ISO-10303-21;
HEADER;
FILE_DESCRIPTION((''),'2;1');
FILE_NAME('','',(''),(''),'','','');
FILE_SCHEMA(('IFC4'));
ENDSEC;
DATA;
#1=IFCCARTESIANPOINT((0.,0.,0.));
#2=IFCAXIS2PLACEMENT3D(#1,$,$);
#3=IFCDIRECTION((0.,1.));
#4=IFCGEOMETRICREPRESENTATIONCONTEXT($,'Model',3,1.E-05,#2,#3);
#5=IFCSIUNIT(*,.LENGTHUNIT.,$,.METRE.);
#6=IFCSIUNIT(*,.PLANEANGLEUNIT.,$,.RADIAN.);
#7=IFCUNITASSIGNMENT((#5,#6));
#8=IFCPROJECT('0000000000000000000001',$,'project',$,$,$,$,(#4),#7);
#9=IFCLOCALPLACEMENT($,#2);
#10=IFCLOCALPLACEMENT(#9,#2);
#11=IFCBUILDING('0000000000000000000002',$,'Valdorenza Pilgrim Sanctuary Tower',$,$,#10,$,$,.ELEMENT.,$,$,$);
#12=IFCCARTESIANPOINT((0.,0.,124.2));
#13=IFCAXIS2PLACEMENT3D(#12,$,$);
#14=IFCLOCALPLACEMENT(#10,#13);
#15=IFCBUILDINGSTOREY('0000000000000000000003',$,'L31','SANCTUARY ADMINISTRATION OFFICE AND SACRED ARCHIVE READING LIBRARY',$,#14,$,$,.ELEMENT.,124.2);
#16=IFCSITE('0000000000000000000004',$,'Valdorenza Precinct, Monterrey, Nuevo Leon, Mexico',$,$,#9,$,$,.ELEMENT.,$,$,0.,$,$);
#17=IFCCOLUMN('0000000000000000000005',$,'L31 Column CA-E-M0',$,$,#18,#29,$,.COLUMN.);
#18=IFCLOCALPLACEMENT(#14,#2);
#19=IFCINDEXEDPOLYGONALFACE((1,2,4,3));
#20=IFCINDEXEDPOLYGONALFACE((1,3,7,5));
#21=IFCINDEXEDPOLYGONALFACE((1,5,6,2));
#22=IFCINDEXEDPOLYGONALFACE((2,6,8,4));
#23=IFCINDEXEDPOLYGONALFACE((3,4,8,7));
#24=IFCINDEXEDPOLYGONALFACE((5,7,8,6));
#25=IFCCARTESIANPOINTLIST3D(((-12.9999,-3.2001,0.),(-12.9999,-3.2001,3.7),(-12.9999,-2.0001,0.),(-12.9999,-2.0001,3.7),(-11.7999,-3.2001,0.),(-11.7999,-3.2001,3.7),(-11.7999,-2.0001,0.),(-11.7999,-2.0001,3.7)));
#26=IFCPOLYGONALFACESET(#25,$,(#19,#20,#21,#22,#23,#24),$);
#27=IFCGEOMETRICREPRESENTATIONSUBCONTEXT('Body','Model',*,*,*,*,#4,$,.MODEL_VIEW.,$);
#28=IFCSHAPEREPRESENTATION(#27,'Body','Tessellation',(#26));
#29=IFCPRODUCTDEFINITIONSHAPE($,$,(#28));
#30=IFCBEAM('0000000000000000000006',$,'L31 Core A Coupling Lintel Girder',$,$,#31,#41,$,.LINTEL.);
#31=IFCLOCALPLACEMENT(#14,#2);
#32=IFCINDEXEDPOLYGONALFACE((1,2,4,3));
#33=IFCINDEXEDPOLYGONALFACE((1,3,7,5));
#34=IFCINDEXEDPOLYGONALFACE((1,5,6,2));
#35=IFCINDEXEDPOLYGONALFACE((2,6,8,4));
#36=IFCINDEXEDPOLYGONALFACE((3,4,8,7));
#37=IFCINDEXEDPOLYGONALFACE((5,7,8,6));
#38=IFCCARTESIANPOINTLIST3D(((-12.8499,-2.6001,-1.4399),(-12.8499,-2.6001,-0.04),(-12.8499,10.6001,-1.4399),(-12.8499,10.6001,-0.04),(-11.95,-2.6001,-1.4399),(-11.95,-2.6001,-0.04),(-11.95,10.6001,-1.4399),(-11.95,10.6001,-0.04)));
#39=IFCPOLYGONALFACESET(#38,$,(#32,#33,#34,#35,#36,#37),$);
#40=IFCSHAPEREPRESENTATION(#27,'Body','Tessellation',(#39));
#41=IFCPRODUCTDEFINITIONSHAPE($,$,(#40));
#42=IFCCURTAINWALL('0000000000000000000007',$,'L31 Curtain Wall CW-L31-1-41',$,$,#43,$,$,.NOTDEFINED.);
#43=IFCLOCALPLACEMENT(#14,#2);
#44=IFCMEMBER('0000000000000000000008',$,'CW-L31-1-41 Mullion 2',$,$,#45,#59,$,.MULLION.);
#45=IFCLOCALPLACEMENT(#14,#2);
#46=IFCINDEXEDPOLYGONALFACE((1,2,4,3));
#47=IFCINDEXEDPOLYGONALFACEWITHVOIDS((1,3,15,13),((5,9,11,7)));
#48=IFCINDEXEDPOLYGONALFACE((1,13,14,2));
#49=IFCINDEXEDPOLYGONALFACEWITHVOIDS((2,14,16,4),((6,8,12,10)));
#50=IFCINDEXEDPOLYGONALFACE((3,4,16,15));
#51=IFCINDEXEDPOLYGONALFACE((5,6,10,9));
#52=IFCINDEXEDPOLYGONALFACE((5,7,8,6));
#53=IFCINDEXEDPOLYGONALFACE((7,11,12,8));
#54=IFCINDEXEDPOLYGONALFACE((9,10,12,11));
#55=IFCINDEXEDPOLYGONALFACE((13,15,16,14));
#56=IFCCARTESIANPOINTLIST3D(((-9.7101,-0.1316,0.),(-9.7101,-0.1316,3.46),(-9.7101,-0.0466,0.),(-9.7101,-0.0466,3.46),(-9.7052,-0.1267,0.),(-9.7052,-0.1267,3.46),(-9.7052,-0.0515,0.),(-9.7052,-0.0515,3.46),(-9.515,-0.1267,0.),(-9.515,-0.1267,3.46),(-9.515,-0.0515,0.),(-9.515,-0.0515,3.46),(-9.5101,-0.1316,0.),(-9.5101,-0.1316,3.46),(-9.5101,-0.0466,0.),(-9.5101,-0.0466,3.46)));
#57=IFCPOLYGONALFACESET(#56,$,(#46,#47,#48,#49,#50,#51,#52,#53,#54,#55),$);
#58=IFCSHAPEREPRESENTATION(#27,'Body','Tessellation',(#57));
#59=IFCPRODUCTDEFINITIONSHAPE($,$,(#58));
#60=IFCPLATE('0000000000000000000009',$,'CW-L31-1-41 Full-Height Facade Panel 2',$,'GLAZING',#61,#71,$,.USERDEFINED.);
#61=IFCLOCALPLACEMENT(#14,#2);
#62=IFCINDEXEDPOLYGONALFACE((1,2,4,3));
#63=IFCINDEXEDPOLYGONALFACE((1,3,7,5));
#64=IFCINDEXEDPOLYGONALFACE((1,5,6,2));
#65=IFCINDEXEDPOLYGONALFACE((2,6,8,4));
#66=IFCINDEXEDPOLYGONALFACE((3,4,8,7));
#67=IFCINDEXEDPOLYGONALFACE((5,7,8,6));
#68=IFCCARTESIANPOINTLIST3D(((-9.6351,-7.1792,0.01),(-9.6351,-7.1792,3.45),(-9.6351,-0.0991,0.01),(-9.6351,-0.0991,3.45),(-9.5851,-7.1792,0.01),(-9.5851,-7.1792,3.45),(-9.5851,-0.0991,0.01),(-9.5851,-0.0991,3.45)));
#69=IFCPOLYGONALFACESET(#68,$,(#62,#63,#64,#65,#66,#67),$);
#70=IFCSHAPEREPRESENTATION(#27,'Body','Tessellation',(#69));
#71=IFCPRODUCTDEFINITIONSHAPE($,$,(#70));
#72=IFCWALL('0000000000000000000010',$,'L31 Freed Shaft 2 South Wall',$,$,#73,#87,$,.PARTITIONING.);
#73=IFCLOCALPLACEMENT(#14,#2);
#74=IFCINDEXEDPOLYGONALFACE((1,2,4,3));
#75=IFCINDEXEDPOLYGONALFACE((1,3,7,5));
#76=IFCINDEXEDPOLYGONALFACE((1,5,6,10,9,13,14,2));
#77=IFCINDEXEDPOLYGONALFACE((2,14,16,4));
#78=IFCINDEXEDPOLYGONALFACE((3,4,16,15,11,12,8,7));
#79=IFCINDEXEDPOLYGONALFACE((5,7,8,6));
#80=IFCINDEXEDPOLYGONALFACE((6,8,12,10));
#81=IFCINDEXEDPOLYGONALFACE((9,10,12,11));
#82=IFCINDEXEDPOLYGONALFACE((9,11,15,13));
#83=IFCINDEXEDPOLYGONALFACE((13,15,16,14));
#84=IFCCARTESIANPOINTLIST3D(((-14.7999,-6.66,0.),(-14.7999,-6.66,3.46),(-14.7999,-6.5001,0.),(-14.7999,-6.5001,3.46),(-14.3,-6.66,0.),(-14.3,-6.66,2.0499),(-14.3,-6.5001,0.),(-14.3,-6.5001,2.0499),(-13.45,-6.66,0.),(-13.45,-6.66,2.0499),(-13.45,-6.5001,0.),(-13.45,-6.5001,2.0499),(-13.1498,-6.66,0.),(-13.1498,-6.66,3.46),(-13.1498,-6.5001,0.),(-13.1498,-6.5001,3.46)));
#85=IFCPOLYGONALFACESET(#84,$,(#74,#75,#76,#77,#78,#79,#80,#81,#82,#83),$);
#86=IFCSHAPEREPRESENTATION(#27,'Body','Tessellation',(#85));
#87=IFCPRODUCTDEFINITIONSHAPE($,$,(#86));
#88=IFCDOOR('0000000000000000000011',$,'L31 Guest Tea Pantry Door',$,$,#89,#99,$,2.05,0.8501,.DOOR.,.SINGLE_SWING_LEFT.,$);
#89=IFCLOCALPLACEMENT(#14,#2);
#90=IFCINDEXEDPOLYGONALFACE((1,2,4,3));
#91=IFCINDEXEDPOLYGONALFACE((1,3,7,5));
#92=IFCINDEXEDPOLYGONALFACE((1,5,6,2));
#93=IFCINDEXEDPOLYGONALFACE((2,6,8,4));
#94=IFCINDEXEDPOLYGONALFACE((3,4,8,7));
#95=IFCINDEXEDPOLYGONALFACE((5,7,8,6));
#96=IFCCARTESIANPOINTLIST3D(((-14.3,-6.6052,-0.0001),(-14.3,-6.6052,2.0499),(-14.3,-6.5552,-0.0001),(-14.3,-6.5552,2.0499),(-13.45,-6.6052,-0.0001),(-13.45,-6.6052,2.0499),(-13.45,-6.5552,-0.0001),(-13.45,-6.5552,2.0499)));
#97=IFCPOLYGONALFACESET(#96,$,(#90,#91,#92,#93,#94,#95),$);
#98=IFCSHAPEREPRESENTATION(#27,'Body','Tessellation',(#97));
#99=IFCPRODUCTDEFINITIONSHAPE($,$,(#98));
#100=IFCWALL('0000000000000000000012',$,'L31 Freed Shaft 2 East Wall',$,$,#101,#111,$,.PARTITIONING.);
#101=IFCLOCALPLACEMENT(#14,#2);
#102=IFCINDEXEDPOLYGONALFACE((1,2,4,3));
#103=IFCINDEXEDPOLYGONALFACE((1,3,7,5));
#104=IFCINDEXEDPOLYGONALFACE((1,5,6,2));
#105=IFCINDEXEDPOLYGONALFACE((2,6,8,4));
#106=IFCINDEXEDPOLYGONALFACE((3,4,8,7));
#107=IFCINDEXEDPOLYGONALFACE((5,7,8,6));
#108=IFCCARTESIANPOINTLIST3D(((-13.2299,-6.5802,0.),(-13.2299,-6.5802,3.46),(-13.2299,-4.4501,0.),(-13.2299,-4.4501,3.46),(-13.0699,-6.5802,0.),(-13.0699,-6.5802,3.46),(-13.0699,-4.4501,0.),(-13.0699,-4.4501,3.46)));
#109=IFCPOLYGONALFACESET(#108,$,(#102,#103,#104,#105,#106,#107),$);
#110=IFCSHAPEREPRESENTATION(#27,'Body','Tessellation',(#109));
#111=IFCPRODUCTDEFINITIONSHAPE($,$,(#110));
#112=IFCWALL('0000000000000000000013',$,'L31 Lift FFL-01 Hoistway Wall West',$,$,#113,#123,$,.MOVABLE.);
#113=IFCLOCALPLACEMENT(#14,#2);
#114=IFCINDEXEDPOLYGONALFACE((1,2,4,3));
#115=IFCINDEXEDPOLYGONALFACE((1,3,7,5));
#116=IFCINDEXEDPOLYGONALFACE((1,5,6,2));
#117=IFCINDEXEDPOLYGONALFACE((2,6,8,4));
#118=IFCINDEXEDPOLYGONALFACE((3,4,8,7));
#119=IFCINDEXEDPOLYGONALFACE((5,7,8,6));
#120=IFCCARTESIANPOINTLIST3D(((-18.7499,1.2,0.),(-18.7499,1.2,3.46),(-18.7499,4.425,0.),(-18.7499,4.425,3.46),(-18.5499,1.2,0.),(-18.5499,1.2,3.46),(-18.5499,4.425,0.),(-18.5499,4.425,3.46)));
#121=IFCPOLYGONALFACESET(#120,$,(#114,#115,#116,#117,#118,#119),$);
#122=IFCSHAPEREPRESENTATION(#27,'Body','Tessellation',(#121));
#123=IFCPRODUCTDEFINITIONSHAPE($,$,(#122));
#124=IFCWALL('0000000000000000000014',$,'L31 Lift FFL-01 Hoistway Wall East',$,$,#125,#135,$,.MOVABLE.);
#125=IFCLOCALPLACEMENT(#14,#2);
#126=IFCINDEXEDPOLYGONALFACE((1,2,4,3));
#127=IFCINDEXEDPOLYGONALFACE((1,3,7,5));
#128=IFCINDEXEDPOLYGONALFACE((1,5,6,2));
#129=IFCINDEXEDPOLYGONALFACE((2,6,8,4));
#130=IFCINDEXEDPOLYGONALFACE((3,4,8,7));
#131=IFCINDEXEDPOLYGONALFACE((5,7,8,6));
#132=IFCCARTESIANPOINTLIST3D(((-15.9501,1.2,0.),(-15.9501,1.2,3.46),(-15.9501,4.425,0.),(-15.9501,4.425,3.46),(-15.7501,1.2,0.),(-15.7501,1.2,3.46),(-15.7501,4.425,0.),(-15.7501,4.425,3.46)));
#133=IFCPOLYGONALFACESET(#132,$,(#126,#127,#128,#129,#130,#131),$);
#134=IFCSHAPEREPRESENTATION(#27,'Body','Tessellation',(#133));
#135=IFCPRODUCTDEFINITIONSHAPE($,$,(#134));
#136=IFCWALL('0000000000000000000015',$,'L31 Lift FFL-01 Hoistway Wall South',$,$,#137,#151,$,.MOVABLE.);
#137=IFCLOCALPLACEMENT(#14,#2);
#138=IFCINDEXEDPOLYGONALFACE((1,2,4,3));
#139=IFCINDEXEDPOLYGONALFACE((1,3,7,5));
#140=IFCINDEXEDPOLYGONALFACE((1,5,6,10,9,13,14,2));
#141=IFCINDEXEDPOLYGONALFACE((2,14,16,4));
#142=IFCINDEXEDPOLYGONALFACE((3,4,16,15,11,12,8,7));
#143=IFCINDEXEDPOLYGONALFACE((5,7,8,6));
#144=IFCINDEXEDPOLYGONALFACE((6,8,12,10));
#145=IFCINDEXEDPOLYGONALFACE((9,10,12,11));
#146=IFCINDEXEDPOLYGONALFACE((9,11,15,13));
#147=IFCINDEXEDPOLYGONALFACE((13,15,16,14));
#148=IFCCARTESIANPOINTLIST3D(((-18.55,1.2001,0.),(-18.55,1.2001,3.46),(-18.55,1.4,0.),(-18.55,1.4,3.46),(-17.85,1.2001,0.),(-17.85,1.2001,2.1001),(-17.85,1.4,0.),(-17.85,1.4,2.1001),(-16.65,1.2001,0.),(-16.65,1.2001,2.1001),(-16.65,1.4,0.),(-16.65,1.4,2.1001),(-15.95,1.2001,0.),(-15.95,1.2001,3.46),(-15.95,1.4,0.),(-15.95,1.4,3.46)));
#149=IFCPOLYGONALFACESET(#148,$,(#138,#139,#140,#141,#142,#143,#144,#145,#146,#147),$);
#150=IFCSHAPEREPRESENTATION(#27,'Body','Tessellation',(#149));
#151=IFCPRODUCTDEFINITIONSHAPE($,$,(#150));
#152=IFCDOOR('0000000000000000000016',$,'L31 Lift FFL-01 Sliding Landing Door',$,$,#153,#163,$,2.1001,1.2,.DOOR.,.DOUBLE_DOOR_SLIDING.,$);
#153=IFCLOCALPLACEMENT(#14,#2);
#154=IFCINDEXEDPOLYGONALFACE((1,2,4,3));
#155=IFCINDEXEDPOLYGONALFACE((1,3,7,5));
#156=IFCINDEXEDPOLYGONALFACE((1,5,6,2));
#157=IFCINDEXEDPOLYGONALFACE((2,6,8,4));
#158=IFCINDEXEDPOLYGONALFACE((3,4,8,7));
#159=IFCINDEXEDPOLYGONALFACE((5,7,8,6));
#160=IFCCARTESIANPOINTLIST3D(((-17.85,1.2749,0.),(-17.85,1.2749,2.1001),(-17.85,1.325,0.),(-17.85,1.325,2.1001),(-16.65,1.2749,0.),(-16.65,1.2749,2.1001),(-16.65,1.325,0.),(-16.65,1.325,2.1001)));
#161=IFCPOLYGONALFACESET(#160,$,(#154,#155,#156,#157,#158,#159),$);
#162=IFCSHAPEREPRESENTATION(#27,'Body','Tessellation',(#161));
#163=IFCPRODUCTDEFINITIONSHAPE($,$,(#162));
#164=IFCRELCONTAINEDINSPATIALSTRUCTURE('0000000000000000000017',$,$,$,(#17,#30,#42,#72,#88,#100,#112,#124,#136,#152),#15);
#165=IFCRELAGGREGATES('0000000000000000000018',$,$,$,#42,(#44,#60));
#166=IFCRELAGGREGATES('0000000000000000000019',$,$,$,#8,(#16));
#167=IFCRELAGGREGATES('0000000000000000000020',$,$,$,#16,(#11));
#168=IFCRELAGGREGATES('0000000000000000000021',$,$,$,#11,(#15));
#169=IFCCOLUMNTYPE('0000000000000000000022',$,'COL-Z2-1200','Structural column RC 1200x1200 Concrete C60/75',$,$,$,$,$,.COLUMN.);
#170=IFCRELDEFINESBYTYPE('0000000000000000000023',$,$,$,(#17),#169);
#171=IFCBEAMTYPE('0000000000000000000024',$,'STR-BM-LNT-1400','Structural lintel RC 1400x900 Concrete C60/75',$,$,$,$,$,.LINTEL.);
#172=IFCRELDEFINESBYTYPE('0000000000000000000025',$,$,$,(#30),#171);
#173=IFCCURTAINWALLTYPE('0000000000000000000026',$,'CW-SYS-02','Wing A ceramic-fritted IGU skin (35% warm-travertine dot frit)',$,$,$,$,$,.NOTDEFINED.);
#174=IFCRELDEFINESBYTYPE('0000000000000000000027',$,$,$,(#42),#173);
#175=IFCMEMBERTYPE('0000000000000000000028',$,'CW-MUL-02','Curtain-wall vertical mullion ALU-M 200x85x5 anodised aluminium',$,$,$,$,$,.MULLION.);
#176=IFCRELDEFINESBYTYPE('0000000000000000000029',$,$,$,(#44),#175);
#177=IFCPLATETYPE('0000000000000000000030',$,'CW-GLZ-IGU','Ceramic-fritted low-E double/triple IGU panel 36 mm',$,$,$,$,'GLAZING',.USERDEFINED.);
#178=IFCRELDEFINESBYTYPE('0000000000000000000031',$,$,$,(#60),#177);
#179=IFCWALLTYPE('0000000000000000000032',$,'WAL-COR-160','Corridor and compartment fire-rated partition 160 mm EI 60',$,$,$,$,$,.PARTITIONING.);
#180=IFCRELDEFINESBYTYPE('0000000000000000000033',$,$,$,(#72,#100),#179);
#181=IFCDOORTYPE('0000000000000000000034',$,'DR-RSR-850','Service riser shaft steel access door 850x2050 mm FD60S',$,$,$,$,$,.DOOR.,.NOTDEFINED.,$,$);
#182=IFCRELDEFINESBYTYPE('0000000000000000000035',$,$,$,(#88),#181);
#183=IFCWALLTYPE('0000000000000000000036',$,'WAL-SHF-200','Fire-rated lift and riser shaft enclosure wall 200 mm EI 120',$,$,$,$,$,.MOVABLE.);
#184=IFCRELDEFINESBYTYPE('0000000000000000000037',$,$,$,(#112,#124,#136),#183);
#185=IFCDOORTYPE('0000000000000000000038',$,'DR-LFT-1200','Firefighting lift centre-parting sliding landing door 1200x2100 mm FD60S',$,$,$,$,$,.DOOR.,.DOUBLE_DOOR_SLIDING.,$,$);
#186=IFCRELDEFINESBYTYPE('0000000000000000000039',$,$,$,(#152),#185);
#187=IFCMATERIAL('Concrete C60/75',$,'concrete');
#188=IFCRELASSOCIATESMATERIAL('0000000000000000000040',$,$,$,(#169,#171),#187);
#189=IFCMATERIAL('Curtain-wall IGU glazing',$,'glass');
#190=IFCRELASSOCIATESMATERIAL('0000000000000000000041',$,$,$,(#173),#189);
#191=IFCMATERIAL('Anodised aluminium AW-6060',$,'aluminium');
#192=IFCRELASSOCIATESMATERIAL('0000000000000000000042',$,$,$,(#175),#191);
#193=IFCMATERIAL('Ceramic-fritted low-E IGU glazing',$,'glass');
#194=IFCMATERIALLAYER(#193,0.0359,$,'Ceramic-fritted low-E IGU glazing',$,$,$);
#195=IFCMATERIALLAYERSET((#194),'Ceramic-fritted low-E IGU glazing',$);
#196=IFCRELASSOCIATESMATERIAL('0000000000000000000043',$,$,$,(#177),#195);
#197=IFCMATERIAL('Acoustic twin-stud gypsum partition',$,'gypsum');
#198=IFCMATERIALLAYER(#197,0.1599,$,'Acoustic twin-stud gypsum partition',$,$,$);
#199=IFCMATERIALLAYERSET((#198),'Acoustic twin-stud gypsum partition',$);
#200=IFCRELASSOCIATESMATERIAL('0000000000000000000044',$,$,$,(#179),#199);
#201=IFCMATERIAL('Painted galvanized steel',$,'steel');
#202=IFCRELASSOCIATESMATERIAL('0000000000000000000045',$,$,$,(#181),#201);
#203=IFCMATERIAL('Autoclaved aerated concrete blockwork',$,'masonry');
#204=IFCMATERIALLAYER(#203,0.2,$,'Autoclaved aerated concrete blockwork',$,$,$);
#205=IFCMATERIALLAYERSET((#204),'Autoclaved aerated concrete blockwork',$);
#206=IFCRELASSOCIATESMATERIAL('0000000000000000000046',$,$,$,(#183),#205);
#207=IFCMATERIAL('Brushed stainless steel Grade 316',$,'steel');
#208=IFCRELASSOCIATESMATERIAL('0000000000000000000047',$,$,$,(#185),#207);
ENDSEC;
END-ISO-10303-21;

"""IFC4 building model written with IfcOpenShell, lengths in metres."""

from ifc_helpers import new_model, si_unit, direction, frame, frame_2d, origin, origin_2d, place, context, subcontext, project, spatial, rectangle, hollow_rectangle, extrude, source, transform, mapped, material, layer, layer_set, material_profile, profile_set, type_object, element, fill, aggregate, save


model = new_model("IFC4")

# Units and contexts
model_context = context("Model", 3, precision=1e-05, world=origin(), true_north=direction((0.0, 1.0)))
body_context = subcontext(model_context, "Body", "Model", "MODEL_VIEW")
ifc_project = project(units=[si_unit("LENGTHUNIT", "METRE"), si_unit("PLANEANGLEUNIT", "RADIAN")], contexts=[model_context])

# Site, building, storey
site_placement = place(None, origin())
site = spatial("IfcSite", under=ifc_project, at=site_placement, Name="Valdorenza Precinct, Monterrey, Nuevo Leon, Mexico", CompositionType="ELEMENT", RefElevation=0.0)
building_placement = place(site_placement, origin())
building = spatial("IfcBuilding", under=site, at=building_placement, Name="Valdorenza Pilgrim Sanctuary Tower", CompositionType="ELEMENT")
storey_placement = place(building_placement, frame((0.0, 0.0, 124.2)))
storey = spatial("IfcBuildingStorey", under=building, at=storey_placement, Name="L31", Description="SANCTUARY ADMINISTRATION OFFICE AND SACRED ARCHIVE READING LIBRARY", CompositionType="ELEMENT", Elevation=124.2)

# Column
ifc_material_1 = material(Name="Concrete C60/75", Category="concrete")
ifc_material_profile_1 = material_profile(ifc_material_1, rectangle(XDim=1.2, YDim=1.2, at=origin_2d()), Name="RC 1200x1200")
ifc_profile_set_1 = profile_set([ifc_material_profile_1], Name="Concrete C60/75")
column_type = type_object("IfcColumnType", Name="COL-Z2-1200", Description="Structural column RC 1200x1200 Concrete C60/75", PredefinedType="COLUMN", material=ifc_profile_set_1)
shared_shape_1 = source(origin(), body_context, "Body", "SweptSolid", [
    extrude(rectangle(XDim=1.2, YDim=1.2, at=origin_2d()), origin(), (0.0, 0.0, 1.0), 3.7),
])
column_placement = place(storey_placement, frame((-12.3999, -2.6001, 0.0), z_axis=(0.0, 0.0, 1.0), x_axis=(1.0, 0.0, 0.0)))
element("IfcColumn", 1, at=column_placement, inside=storey, type_object=column_type, Name="L31 Column CA-E-M0", PredefinedType="COLUMN", context=body_context, shape_type="MappedRepresentation", body=[
    mapped(shared_shape_1, transform((0.0, 0.0, 0.0), x_axis=(1.0, 0.0, 0.0), y_axis=(0.0, 1.0, 0.0), z_axis=(0.0, 0.0, 1.0), scale=1.0)),
])

# Beam
ifc_material_profile_2 = material_profile(ifc_material_1, rectangle(XDim=0.8999, YDim=1.3999, at=origin_2d()), Name="RC 1400x900")
ifc_profile_set_2 = profile_set([ifc_material_profile_2], Name="Concrete C60/75")
beam_type = type_object("IfcBeamType", Name="STR-BM-LNT-1400", Description="Structural lintel RC 1400x900 Concrete C60/75", PredefinedType="LINTEL", material=ifc_profile_set_2)
shared_shape_2 = source(origin(), body_context, "Body", "SweptSolid", [
    extrude(rectangle(XDim=0.8999, YDim=1.3999, at=origin_2d()), origin(), (0.0, 0.0, 1.0), 13.2002),
])
beam_placement = place(storey_placement, frame((-12.3999, -2.6001, -0.74), z_axis=(0.0, 1.0, 0.0), x_axis=(-1.0, 0.0, 0.0)))
element("IfcBeam", 2, at=beam_placement, inside=storey, type_object=beam_type, Name="L31 Core A Coupling Lintel Girder", PredefinedType="LINTEL", context=body_context, shape_type="MappedRepresentation", body=[
    mapped(shared_shape_2, transform((0.0, 0.0, 0.0), x_axis=(1.0, 0.0, 0.0), y_axis=(0.0, 1.0, 0.0), z_axis=(0.0, 0.0, 1.0), scale=1.0)),
])

# Curtain wall, member, plate
ifc_material_2 = material(Name="Curtain-wall IGU glazing", Category="glass")
curtain_wall_type = type_object("IfcCurtainWallType", Name="CW-SYS-02", Description="Wing A ceramic-fritted IGU skin (35% warm-travertine dot frit)", PredefinedType="NOTDEFINED", material=ifc_material_2)
curtain_wall_placement = place(storey_placement, origin())
curtain_wall = element("IfcCurtainWall", 3, at=curtain_wall_placement, inside=storey, type_object=curtain_wall_type, Name="L31 Curtain Wall CW-L31-1-41", PredefinedType="NOTDEFINED")
ifc_material_3 = material(Name="Anodised aluminium AW-6060", Category="aluminium")
ifc_material_profile_3 = material_profile(ifc_material_3, hollow_rectangle(XDim=0.085, YDim=0.2, WallThickness=0.0049, at=origin_2d()), Name="ALU-M 200x85x5")
ifc_profile_set_3 = profile_set([ifc_material_profile_3], Name="Anodised aluminium AW-6060")
member_type = type_object("IfcMemberType", Name="CW-MUL-02", Description="Curtain-wall vertical mullion ALU-M 200x85x5 anodised aluminium", PredefinedType="MULLION", material=ifc_profile_set_3)
shared_shape_3 = source(origin(), body_context, "Body", "SweptSolid", [
    extrude(hollow_rectangle(XDim=0.085, YDim=0.2, WallThickness=0.0049, at=origin_2d()), origin(), (0.0, 0.0, 1.0), 3.46),
])
member_placement = place(storey_placement, frame((-9.6101, -0.0891, 0.0), z_axis=(0.0, 0.0, 1.0), x_axis=(0.0, -1.0, 0.0)))
member = element("IfcMember", 4, at=member_placement, type_object=member_type, Name="CW-L31-1-41 Mullion 2", PredefinedType="MULLION", context=body_context, shape_type="MappedRepresentation", body=[
    mapped(shared_shape_3, transform((0.0, 0.0, 0.0), x_axis=(1.0, 0.0, 0.0), y_axis=(0.0, 1.0, 0.0), z_axis=(0.0, 0.0, 1.0), scale=1.0)),
])
ifc_material_4 = material(Name="Ceramic-fritted low-E IGU glazing", Category="glass")
ifc_layer_1 = layer(ifc_material_4, 0.0359, Name="Ceramic-fritted low-E IGU glazing")
ifc_layer_set_1 = layer_set([ifc_layer_1], Name="Ceramic-fritted low-E IGU glazing")
plate_type = type_object("IfcPlateType", Name="CW-GLZ-IGU", Description="Ceramic-fritted low-E double/triple IGU panel 36 mm", ElementType="GLAZING", PredefinedType="USERDEFINED", material=ifc_layer_set_1)
shared_shape_4 = source(origin(), body_context, "Body", "SweptSolid", [
    extrude(rectangle(XDim=7.0801, YDim=0.05, at=origin_2d()), origin(), (0.0, 0.0, 1.0), 3.4399),
])
plate_placement = place(storey_placement, frame((-9.6101, -3.6392, 0.01), z_axis=(0.0, 0.0, 1.0), x_axis=(0.0, -1.0, 0.0)))
plate = element("IfcPlate", 5, at=plate_placement, type_object=plate_type, Name="CW-L31-1-41 Full-Height Facade Panel 2", ObjectType="GLAZING", PredefinedType="USERDEFINED", context=body_context, shape_type="MappedRepresentation", body=[
    mapped(shared_shape_4, transform((0.0, 0.0, 0.0), x_axis=(1.0, 0.0, 0.0), y_axis=(0.0, 1.0, 0.0), z_axis=(0.0, 0.0, 1.0), scale=1.0)),
])
aggregate(curtain_wall, [member, plate])

# Wall, opening, door
ifc_material_5 = material(Name="Acoustic twin-stud gypsum partition", Category="gypsum")
ifc_layer_2 = layer(ifc_material_5, 0.1599, Name="Acoustic twin-stud gypsum partition")
ifc_layer_set_2 = layer_set([ifc_layer_2], Name="Acoustic twin-stud gypsum partition")
wall_type_1 = type_object("IfcWallType", Name="WAL-COR-160", Description="Corridor and compartment fire-rated partition 160 mm EI 60", PredefinedType="PARTITIONING", material=ifc_layer_set_2)
wall_1_placement = place(storey_placement, frame((-14.8, -6.5801, 0.0), z_axis=(0.0, 0.0, 1.0), x_axis=(1.0, 0.0, 0.0)))
wall_1 = element("IfcWall", 6, at=wall_1_placement, inside=storey, type_object=wall_type_1, Name="L31 Freed Shaft 2 South Wall", PredefinedType="PARTITIONING", context=body_context, shape_type="SweptSolid", body=[
    extrude(rectangle(XDim=1.6501, YDim=0.1599, at=frame_2d((0.8252, 0.0))), origin(), (0.0, 0.0, 1.0), 3.46),
])
opening_1_placement = place(wall_1_placement, frame((0.5, 0.0, 0.0)))
opening_1 = element("IfcOpeningElement", 7, at=opening_1_placement, cuts=wall_1, PredefinedType="OPENING", context=body_context, shape_type="SweptSolid", body=[
    extrude(rectangle(XDim=0.8501, YDim=2.05, at=frame_2d((0.425, 1.0249))), frame((0.0, 0.0947, 0.0), z_axis=(0.0, -1.0, 0.0), x_axis=(1.0, 0.0, 0.0)), (0.0, 0.0, 1.0), 0.1897),
])
ifc_material_6 = material(Name="Painted galvanized steel", Category="steel")
door_type_1 = type_object("IfcDoorType", Name="DR-RSR-850", Description="Service riser shaft steel access door 850x2050 mm FD60S", OperationType="NOTDEFINED", PredefinedType="DOOR", material=ifc_material_6)
door_1_placement = place(opening_1_placement, origin())
door_1 = element("IfcDoor", 8, at=door_1_placement, inside=storey, type_object=door_type_1, Name="L31 Guest Tea Pantry Door", OperationType="SINGLE_SWING_LEFT", OverallHeight=2.05, OverallWidth=0.8501, PredefinedType="DOOR", context=body_context, shape_type="SweptSolid", body=[
    extrude(rectangle(XDim=0.8501, YDim=2.05, at=frame_2d((0.425, 1.0249))), frame((0.0, 0.0249, 0.0), z_axis=(0.0, -1.0, 0.0), x_axis=(1.0, 0.0, 0.0)), (0.0, 0.0, 1.0), 0.05),
])
fill(opening_1, door_1)

# Wall
wall_2_placement = place(storey_placement, frame((-13.1499, -6.5801, 0.0), z_axis=(0.0, 0.0, 1.0), x_axis=(0.0, 1.0, 0.0)))
element("IfcWall", 9, at=wall_2_placement, inside=storey, type_object=wall_type_1, Name="L31 Freed Shaft 2 East Wall", PredefinedType="PARTITIONING", context=body_context, shape_type="SweptSolid", body=[
    extrude(rectangle(XDim=2.1301, YDim=0.1599, at=frame_2d((1.0649, 0.0))), origin(), (0.0, 0.0, 1.0), 3.46),
])

# Walls
ifc_material_7 = material(Name="Autoclaved aerated concrete blockwork", Category="masonry")
ifc_layer_3 = layer(ifc_material_7, 0.2, Name="Autoclaved aerated concrete blockwork")
ifc_layer_set_3 = layer_set([ifc_layer_3], Name="Autoclaved aerated concrete blockwork")
wall_type_2 = type_object("IfcWallType", Name="WAL-SHF-200", Description="Fire-rated lift and riser shaft enclosure wall 200 mm EI 120", PredefinedType="MOVABLE", material=ifc_layer_set_3)
for number, where, z_axis, x_axis, name in (
    (10, (-18.6499, 1.2, 0.0), (0.0, 0.0, 1.0), (0.0, 1.0, 0.0), "L31 Lift FFL-01 Hoistway Wall West"),
    (11, (-15.8501, 1.2, 0.0), (0.0, 0.0, 1.0), (0.0, 1.0, 0.0), "L31 Lift FFL-01 Hoistway Wall East"),
):
    element("IfcWall", number, at=place(storey_placement, frame(where, z_axis=z_axis, x_axis=x_axis)), inside=storey, type_object=wall_type_2, Name=name, PredefinedType="MOVABLE", context=body_context, shape_type="SweptSolid", body=[
        extrude(rectangle(XDim=3.2251, YDim=0.2, at=frame_2d((1.6125, 0.0))), origin(), (0.0, 0.0, 1.0), 3.46),
    ])

# Wall, opening, door
wall_3_placement = place(storey_placement, frame((-18.55, 1.3, 0.0), z_axis=(0.0, 0.0, 1.0), x_axis=(1.0, 0.0, 0.0)))
wall_3 = element("IfcWall", 12, at=wall_3_placement, inside=storey, type_object=wall_type_2, Name="L31 Lift FFL-01 Hoistway Wall South", PredefinedType="MOVABLE", context=body_context, shape_type="SweptSolid", body=[
    extrude(rectangle(XDim=2.6001, YDim=0.2, at=frame_2d((1.3, 0.0))), origin(), (0.0, 0.0, 1.0), 3.46),
])
opening_2_placement = place(wall_3_placement, frame((0.7, 0.0, 0.0)))
opening_2 = element("IfcOpeningElement", 13, at=opening_2_placement, cuts=wall_3, PredefinedType="OPENING", context=body_context, shape_type="SweptSolid", body=[
    extrude(rectangle(XDim=1.2, YDim=2.1001, at=frame_2d((0.6001, 1.05))), frame((0.0, 0.1147, 0.0), z_axis=(0.0, -1.0, 0.0), x_axis=(1.0, 0.0, 0.0)), (0.0, 0.0, 1.0), 0.2297),
])
ifc_material_8 = material(Name="Brushed stainless steel Grade 316", Category="steel")
door_type_2 = type_object("IfcDoorType", Name="DR-LFT-1200", Description="Firefighting lift centre-parting sliding landing door 1200x2100 mm FD60S", OperationType="DOUBLE_DOOR_SLIDING", PredefinedType="DOOR", material=ifc_material_8)
door_2_placement = place(opening_2_placement, origin())
door_2 = element("IfcDoor", 14, at=door_2_placement, inside=storey, type_object=door_type_2, Name="L31 Lift FFL-01 Sliding Landing Door", OperationType="DOUBLE_DOOR_SLIDING", OverallHeight=2.1001, OverallWidth=1.2, PredefinedType="DOOR", context=body_context, shape_type="SweptSolid", body=[
    extrude(rectangle(XDim=1.2, YDim=2.1001, at=frame_2d((0.6001, 1.05))), frame((0.0, 0.0249, 0.0), z_axis=(0.0, -1.0, 0.0), x_axis=(1.0, 0.0, 0.0)), (0.0, 0.0, 1.0), 0.05),
])
fill(opening_2, door_2)

save(model, "model.ifc")
